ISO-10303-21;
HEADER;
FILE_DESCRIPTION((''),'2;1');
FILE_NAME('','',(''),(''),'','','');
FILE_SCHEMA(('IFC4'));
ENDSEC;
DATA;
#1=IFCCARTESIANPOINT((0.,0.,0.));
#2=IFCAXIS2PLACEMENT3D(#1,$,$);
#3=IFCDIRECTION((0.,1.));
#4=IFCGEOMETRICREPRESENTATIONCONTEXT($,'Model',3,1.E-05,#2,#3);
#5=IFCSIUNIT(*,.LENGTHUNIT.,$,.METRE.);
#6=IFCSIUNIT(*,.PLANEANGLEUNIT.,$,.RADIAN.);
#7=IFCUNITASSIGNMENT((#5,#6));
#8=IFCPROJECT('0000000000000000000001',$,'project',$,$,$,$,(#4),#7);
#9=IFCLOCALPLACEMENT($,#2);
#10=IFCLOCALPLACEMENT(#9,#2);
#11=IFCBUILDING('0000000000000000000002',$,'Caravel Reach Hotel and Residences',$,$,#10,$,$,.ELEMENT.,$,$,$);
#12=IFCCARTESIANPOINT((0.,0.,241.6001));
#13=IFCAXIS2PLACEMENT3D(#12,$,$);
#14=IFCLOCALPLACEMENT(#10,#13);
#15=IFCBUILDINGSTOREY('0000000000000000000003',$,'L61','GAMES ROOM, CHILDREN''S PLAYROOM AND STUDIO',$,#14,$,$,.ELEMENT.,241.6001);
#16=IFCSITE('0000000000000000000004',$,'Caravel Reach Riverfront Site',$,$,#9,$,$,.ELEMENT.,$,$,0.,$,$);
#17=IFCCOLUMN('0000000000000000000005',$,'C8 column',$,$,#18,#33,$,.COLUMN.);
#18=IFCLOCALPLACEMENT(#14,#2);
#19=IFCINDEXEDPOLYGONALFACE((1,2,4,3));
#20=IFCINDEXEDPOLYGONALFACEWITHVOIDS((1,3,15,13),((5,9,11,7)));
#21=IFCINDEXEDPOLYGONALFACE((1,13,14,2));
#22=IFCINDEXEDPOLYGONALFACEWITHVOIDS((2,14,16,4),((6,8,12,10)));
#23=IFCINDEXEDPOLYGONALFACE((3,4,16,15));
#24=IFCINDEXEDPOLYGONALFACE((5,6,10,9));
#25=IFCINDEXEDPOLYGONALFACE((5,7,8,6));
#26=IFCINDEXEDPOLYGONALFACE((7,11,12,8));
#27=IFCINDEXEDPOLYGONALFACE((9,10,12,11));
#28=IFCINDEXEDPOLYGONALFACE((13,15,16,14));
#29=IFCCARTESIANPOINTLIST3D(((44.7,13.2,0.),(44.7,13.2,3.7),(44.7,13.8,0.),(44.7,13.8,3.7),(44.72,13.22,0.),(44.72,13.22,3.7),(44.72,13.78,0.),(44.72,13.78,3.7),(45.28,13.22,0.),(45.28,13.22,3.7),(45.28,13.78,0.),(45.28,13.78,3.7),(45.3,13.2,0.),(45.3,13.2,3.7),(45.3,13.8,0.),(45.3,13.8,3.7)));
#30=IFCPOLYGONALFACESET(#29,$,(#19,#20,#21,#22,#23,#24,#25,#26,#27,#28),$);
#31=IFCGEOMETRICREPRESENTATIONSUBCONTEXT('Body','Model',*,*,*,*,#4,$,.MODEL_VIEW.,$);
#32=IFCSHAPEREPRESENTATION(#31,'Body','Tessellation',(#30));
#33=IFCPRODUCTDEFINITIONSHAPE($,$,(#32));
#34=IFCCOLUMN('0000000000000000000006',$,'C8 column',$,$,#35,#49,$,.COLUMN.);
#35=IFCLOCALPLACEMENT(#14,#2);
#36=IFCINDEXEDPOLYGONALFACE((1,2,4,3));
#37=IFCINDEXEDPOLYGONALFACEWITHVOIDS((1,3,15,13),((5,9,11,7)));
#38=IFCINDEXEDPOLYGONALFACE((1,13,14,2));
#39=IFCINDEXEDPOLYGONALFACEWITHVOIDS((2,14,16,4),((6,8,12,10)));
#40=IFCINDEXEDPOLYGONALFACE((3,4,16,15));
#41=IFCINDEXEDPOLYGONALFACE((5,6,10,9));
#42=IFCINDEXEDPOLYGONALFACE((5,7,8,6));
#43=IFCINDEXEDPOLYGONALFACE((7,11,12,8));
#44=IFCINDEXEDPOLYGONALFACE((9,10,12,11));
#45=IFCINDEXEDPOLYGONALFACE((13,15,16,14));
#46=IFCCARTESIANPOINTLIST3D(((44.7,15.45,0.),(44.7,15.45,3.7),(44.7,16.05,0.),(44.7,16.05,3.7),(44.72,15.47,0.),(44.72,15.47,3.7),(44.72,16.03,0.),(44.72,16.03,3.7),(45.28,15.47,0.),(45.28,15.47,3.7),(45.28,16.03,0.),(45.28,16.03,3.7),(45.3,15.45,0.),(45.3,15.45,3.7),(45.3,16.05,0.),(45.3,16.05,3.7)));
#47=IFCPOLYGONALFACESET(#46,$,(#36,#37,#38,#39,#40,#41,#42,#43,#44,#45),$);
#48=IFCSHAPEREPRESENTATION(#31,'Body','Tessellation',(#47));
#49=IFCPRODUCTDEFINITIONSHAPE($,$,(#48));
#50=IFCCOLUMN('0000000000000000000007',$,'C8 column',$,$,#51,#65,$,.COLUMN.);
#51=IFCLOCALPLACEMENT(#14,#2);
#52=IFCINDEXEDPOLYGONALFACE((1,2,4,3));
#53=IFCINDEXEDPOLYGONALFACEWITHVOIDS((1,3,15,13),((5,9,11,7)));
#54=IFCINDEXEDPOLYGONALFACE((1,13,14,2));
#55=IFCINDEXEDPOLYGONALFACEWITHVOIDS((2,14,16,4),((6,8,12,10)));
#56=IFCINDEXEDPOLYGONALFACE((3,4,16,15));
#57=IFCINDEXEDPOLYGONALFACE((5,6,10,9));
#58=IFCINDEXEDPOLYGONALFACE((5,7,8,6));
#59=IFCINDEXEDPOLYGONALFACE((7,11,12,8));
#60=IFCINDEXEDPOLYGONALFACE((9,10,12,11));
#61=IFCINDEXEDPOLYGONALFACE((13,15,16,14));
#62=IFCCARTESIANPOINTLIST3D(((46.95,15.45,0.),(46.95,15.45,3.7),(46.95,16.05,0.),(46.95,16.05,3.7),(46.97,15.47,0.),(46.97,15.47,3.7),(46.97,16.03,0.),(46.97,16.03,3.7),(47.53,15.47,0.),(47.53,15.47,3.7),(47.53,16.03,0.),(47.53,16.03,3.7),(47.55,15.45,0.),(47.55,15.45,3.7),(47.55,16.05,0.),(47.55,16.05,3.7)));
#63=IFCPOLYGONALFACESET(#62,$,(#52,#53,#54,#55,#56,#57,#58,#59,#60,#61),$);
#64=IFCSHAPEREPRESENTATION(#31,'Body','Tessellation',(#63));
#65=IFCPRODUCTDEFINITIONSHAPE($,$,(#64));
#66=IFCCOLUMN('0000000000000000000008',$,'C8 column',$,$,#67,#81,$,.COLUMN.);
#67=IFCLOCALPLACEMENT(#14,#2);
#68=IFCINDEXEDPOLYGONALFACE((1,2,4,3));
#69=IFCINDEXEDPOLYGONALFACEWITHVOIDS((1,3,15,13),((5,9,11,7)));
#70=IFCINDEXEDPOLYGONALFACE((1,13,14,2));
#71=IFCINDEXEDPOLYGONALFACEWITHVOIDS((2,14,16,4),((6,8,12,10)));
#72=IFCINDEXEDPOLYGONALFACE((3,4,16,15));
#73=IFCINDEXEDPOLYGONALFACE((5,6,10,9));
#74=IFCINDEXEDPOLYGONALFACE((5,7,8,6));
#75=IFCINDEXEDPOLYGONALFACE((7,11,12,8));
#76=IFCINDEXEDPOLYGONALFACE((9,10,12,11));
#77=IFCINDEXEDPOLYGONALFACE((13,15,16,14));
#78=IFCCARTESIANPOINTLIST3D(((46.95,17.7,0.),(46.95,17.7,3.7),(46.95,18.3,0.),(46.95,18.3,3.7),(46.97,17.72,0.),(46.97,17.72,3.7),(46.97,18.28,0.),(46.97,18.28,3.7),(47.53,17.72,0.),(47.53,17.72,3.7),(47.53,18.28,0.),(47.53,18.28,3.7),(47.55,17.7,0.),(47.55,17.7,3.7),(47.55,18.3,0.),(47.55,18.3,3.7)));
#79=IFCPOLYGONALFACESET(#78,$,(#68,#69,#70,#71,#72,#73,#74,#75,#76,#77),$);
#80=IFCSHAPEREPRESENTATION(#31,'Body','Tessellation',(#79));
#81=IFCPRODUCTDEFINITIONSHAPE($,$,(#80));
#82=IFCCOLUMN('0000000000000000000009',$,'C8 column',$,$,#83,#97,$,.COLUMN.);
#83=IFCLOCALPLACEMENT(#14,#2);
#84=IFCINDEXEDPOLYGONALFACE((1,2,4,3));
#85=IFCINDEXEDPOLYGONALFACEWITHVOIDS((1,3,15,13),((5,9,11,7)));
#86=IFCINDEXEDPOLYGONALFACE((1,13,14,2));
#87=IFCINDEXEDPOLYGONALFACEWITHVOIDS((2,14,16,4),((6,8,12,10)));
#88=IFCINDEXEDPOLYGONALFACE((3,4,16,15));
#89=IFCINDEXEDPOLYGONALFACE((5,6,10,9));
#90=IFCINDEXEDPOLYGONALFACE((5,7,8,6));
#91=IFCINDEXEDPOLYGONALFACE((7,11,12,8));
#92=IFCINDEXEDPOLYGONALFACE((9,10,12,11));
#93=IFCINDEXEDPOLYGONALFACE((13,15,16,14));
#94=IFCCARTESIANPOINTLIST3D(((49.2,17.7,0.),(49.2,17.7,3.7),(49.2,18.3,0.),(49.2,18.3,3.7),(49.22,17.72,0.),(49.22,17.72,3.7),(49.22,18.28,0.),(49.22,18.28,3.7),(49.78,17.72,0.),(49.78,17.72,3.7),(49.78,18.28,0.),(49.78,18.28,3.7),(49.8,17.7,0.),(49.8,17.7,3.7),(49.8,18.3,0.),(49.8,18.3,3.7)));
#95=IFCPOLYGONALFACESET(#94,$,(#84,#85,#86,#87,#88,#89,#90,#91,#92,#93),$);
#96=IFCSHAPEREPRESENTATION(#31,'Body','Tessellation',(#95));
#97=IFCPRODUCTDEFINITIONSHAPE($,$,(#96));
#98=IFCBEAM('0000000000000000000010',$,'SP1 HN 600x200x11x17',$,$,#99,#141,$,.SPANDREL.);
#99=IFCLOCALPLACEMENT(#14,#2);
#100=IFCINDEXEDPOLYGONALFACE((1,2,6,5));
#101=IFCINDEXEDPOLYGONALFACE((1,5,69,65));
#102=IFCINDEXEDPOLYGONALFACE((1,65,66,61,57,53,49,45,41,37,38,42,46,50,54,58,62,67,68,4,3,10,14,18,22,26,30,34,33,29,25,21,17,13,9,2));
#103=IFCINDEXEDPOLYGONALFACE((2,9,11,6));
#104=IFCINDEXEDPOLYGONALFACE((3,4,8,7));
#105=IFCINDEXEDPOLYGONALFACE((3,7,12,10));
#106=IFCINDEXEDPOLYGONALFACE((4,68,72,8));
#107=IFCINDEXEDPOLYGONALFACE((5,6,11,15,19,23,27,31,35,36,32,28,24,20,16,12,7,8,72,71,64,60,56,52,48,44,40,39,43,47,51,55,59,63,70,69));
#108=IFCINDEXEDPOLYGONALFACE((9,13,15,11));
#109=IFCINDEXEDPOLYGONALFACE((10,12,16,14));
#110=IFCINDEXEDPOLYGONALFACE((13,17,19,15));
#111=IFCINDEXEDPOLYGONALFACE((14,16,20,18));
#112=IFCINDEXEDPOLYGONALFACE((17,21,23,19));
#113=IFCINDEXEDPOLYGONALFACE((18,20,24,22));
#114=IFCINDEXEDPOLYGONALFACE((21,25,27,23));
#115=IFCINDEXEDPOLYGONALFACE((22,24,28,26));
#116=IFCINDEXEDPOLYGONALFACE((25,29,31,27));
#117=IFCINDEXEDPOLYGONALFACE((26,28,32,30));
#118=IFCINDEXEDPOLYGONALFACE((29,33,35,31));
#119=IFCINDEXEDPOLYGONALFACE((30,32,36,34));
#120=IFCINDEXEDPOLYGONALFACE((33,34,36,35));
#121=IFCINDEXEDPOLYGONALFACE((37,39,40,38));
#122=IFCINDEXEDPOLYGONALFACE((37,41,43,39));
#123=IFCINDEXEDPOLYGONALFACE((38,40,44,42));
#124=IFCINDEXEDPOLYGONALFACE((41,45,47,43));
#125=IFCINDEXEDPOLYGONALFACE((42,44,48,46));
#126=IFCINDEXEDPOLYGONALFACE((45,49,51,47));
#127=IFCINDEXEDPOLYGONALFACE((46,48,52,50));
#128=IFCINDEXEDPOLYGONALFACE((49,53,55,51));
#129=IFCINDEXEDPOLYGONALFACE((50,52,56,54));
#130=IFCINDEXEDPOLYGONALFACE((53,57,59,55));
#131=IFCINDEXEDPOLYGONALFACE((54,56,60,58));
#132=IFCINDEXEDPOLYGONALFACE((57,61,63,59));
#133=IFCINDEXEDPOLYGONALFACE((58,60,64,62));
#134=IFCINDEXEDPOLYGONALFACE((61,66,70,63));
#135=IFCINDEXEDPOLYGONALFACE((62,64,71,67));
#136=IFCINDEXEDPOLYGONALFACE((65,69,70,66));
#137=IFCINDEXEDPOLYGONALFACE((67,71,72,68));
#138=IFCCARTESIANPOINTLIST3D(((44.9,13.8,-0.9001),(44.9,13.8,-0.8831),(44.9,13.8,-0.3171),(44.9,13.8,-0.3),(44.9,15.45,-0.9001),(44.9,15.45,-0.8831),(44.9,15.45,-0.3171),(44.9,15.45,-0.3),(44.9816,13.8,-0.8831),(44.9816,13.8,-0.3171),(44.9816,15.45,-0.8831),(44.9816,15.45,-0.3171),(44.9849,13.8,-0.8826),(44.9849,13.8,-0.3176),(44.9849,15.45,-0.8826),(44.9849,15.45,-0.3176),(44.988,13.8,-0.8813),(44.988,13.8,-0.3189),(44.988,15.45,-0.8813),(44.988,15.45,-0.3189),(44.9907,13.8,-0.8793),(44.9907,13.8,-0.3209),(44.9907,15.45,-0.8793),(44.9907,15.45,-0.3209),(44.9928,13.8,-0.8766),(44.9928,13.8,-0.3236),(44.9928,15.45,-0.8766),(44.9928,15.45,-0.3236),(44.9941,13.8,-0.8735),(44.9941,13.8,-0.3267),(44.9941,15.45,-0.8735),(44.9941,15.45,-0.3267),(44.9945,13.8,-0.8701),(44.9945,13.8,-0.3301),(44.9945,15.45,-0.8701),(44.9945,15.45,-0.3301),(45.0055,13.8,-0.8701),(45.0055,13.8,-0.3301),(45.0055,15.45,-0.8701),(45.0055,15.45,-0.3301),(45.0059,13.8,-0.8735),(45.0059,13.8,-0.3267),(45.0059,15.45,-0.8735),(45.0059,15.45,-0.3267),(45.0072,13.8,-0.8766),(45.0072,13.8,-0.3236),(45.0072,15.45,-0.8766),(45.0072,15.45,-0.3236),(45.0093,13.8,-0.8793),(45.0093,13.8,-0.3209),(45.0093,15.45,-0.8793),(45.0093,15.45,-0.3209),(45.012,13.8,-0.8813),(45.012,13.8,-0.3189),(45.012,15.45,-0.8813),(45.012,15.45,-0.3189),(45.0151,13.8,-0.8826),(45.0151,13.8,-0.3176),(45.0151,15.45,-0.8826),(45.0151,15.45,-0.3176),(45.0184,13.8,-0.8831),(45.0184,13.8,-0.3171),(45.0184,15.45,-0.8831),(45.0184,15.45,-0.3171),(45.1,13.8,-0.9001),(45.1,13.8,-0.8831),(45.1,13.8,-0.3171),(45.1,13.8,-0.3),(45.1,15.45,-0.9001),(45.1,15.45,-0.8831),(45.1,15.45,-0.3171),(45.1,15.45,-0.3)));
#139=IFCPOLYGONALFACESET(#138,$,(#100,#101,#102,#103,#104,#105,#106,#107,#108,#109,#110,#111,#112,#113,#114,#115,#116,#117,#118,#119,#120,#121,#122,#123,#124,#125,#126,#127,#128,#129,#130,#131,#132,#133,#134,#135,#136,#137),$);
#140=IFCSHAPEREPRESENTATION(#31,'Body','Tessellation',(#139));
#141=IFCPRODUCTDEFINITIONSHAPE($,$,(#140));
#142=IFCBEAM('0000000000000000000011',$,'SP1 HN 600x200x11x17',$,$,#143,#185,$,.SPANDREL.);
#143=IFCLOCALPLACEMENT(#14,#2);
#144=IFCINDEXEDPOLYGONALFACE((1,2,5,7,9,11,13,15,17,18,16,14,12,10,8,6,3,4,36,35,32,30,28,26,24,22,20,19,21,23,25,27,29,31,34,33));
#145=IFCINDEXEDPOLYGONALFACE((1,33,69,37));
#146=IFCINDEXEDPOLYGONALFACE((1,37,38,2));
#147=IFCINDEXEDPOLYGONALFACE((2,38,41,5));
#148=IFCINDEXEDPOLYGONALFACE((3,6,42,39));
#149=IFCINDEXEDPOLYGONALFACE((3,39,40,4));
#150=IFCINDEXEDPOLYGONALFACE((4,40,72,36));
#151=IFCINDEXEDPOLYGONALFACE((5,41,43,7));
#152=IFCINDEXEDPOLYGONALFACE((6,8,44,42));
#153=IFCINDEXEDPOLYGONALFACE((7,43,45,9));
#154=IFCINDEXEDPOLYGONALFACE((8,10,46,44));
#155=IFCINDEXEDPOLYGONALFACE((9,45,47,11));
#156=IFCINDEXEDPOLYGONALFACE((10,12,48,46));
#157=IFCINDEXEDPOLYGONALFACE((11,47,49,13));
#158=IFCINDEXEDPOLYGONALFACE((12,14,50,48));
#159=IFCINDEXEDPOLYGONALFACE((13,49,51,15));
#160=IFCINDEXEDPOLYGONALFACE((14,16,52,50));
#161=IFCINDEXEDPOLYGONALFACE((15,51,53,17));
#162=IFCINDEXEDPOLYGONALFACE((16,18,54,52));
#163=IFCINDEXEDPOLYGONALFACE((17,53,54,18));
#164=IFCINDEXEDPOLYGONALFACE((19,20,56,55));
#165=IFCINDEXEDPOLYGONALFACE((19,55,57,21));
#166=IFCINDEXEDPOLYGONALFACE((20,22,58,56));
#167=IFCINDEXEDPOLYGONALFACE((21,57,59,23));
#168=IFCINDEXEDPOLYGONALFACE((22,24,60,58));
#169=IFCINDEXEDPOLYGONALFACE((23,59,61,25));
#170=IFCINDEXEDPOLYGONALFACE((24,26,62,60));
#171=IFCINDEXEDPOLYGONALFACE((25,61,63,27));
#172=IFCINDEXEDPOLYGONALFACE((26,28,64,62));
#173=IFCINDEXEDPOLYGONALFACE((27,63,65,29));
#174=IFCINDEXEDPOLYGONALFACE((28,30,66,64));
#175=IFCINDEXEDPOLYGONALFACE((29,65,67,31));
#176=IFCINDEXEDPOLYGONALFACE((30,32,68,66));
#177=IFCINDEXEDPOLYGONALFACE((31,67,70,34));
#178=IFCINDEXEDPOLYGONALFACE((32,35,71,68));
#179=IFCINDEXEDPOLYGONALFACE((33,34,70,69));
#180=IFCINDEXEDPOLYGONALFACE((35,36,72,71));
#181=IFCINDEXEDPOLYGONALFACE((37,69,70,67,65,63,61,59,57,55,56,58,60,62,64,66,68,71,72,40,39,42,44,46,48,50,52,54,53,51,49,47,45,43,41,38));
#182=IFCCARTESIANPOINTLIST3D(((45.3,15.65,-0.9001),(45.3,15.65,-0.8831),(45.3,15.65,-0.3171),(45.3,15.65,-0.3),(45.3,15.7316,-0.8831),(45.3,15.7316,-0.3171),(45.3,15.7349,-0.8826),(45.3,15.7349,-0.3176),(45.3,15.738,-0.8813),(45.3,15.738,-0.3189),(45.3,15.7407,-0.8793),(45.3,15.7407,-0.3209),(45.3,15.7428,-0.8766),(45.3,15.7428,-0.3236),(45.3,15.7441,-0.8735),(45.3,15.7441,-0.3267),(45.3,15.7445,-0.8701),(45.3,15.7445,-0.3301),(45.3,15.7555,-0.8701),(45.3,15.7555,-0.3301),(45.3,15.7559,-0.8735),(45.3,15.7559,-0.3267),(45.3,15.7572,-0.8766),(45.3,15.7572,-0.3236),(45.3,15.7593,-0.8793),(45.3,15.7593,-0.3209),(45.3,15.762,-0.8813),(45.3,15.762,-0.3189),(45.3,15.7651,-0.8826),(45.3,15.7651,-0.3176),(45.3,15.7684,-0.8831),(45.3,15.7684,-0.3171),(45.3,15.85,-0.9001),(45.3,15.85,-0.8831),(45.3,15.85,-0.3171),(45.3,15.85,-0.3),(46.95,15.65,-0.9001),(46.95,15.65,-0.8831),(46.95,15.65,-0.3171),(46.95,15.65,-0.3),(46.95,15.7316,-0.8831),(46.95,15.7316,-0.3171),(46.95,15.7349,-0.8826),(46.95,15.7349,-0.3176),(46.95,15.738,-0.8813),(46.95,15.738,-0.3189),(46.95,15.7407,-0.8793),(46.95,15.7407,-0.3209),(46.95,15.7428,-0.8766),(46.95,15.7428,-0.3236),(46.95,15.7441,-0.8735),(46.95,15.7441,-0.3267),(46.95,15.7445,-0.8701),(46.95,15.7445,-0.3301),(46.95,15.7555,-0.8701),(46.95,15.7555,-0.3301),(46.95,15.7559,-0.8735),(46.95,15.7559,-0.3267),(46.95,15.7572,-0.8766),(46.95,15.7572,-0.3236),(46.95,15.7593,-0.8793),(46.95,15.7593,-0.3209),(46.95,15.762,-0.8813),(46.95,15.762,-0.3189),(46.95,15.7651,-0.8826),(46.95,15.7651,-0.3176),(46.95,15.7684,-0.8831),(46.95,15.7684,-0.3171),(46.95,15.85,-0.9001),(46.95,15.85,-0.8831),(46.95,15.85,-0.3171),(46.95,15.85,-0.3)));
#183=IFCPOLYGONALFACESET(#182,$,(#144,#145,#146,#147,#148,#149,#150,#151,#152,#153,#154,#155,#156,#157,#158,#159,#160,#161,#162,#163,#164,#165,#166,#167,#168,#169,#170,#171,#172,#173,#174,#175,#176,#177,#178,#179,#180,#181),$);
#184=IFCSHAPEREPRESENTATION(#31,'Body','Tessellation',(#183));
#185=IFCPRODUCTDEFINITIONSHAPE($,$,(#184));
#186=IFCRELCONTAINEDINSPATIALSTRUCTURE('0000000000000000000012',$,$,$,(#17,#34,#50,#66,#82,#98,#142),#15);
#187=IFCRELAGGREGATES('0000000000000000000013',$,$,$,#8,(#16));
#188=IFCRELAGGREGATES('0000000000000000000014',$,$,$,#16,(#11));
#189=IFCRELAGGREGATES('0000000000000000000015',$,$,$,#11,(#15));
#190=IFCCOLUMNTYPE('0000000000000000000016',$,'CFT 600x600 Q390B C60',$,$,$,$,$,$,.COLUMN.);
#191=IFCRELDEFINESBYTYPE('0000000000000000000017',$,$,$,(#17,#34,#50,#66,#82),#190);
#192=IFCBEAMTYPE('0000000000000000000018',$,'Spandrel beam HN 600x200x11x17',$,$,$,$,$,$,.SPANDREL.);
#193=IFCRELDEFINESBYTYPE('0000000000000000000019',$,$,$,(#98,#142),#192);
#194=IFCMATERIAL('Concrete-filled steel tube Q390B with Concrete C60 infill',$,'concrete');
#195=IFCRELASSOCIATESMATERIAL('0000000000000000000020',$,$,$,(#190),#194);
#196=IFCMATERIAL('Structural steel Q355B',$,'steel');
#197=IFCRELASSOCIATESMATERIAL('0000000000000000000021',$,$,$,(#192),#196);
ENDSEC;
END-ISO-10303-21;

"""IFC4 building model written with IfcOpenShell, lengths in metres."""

from ifc_helpers import new_model, si_unit, direction, frame, origin, origin_2d, place, context, subcontext, project, spatial, hollow_rectangle, i_section, extrude, material, material_profile, profile_set, type_object, element, save


model = new_model("IFC4")

# Units and contexts
model_context = context("Model", 3, precision=1e-05, world=origin(), true_north=direction((0.0, 1.0)))
body_context = subcontext(model_context, "Body", "Model", "MODEL_VIEW")
ifc_project = project(units=[si_unit("LENGTHUNIT", "METRE"), si_unit("PLANEANGLEUNIT", "RADIAN")], contexts=[model_context])

# Site, building, storey
site_placement = place(None, origin())
site = spatial("IfcSite", under=ifc_project, at=site_placement, Name="Caravel Reach Riverfront Site", CompositionType="ELEMENT", RefElevation=0.0)
building_placement = place(site_placement, origin())
building = spatial("IfcBuilding", under=site, at=building_placement, Name="Caravel Reach Hotel and Residences", CompositionType="ELEMENT")
storey_placement = place(building_placement, frame((0.0, 0.0, 241.6001)))
storey = spatial("IfcBuildingStorey", under=building, at=storey_placement, Name="L61", Description="GAMES ROOM, CHILDREN'S PLAYROOM AND STUDIO", CompositionType="ELEMENT", Elevation=241.6001)

# Columns
ifc_material_1 = material(Name="Concrete-filled steel tube Q390B with Concrete C60 infill", Category="concrete")
ifc_material_profile_1 = material_profile(ifc_material_1, hollow_rectangle(XDim=0.6001, YDim=0.6001, WallThickness=0.02, at=origin_2d()), Name="RHS 600x600x20")
ifc_profile_set_1 = profile_set([ifc_material_profile_1], Name="Concrete-filled steel tube Q390B with Concrete C60 infill")
column_type = type_object("IfcColumnType", Name="CFT 600x600 Q390B C60", PredefinedType="COLUMN", material=ifc_profile_set_1)
for number, where, z_axis, x_axis, name in (
    (1, (45.0, 13.5, 0.0), (0.0, 0.0, 1.0), (1.0, 0.0, 0.0), "C8 column"),
    (2, (45.0, 15.75, 0.0), (0.0, 0.0, 1.0), (1.0, 0.0, 0.0), "C8 column"),
    (3, (47.25, 15.75, 0.0), (0.0, 0.0, 1.0), (1.0, 0.0, 0.0), "C8 column"),
    (4, (47.25, 18.0, 0.0), (0.0, 0.0, 1.0), (1.0, 0.0, 0.0), "C8 column"),
    (5, (49.5, 18.0, 0.0), (0.0, 0.0, 1.0), (1.0, 0.0, 0.0), "C8 column"),
):
    element("IfcColumn", number, at=place(storey_placement, frame(where, z_axis=z_axis, x_axis=x_axis)), inside=storey, type_object=column_type, Name=name, PredefinedType="COLUMN", context=body_context, shape_type="SweptSolid", body=[
        extrude(hollow_rectangle(XDim=0.6001, YDim=0.6001, WallThickness=0.02, at=origin_2d()), origin(), (0.0, 0.0, 1.0), 3.7),
    ])

# Beams
ifc_material_2 = material(Name="Structural steel Q355B", Category="steel")
ifc_material_profile_2 = material_profile(ifc_material_2, i_section(OverallWidth=0.2, OverallDepth=0.6001, WebThickness=0.011, FlangeThickness=0.0171, FilletRadius=0.0129, at=origin_2d()), Name="HN 600x200x11x17")
ifc_profile_set_2 = profile_set([ifc_material_profile_2], Name="Structural steel Q355B")
beam_type = type_object("IfcBeamType", Name="Spandrel beam HN 600x200x11x17", PredefinedType="SPANDREL", material=ifc_profile_set_2)
for number, where, z_axis, x_axis, name in (
    (6, (45.0, 13.8, -0.6001), (0.0, 1.0, 0.0), (-1.0, 0.0, 0.0), "SP1 HN 600x200x11x17"),
    (7, (45.3, 15.75, -0.6001), (1.0, 0.0, 0.0), (0.0, 1.0, 0.0), "SP1 HN 600x200x11x17"),
):
    element("IfcBeam", number, at=place(storey_placement, frame(where, z_axis=z_axis, x_axis=x_axis)), inside=storey, type_object=beam_type, Name=name, PredefinedType="SPANDREL", context=body_context, shape_type="SweptSolid", body=[
        extrude(i_section(OverallWidth=0.2, OverallDepth=0.6001, WebThickness=0.011, FlangeThickness=0.0171, FilletRadius=0.0129, at=origin_2d()), origin(), (0.0, 0.0, 1.0), 1.6499),
    ])

save(model, "model.ifc")
